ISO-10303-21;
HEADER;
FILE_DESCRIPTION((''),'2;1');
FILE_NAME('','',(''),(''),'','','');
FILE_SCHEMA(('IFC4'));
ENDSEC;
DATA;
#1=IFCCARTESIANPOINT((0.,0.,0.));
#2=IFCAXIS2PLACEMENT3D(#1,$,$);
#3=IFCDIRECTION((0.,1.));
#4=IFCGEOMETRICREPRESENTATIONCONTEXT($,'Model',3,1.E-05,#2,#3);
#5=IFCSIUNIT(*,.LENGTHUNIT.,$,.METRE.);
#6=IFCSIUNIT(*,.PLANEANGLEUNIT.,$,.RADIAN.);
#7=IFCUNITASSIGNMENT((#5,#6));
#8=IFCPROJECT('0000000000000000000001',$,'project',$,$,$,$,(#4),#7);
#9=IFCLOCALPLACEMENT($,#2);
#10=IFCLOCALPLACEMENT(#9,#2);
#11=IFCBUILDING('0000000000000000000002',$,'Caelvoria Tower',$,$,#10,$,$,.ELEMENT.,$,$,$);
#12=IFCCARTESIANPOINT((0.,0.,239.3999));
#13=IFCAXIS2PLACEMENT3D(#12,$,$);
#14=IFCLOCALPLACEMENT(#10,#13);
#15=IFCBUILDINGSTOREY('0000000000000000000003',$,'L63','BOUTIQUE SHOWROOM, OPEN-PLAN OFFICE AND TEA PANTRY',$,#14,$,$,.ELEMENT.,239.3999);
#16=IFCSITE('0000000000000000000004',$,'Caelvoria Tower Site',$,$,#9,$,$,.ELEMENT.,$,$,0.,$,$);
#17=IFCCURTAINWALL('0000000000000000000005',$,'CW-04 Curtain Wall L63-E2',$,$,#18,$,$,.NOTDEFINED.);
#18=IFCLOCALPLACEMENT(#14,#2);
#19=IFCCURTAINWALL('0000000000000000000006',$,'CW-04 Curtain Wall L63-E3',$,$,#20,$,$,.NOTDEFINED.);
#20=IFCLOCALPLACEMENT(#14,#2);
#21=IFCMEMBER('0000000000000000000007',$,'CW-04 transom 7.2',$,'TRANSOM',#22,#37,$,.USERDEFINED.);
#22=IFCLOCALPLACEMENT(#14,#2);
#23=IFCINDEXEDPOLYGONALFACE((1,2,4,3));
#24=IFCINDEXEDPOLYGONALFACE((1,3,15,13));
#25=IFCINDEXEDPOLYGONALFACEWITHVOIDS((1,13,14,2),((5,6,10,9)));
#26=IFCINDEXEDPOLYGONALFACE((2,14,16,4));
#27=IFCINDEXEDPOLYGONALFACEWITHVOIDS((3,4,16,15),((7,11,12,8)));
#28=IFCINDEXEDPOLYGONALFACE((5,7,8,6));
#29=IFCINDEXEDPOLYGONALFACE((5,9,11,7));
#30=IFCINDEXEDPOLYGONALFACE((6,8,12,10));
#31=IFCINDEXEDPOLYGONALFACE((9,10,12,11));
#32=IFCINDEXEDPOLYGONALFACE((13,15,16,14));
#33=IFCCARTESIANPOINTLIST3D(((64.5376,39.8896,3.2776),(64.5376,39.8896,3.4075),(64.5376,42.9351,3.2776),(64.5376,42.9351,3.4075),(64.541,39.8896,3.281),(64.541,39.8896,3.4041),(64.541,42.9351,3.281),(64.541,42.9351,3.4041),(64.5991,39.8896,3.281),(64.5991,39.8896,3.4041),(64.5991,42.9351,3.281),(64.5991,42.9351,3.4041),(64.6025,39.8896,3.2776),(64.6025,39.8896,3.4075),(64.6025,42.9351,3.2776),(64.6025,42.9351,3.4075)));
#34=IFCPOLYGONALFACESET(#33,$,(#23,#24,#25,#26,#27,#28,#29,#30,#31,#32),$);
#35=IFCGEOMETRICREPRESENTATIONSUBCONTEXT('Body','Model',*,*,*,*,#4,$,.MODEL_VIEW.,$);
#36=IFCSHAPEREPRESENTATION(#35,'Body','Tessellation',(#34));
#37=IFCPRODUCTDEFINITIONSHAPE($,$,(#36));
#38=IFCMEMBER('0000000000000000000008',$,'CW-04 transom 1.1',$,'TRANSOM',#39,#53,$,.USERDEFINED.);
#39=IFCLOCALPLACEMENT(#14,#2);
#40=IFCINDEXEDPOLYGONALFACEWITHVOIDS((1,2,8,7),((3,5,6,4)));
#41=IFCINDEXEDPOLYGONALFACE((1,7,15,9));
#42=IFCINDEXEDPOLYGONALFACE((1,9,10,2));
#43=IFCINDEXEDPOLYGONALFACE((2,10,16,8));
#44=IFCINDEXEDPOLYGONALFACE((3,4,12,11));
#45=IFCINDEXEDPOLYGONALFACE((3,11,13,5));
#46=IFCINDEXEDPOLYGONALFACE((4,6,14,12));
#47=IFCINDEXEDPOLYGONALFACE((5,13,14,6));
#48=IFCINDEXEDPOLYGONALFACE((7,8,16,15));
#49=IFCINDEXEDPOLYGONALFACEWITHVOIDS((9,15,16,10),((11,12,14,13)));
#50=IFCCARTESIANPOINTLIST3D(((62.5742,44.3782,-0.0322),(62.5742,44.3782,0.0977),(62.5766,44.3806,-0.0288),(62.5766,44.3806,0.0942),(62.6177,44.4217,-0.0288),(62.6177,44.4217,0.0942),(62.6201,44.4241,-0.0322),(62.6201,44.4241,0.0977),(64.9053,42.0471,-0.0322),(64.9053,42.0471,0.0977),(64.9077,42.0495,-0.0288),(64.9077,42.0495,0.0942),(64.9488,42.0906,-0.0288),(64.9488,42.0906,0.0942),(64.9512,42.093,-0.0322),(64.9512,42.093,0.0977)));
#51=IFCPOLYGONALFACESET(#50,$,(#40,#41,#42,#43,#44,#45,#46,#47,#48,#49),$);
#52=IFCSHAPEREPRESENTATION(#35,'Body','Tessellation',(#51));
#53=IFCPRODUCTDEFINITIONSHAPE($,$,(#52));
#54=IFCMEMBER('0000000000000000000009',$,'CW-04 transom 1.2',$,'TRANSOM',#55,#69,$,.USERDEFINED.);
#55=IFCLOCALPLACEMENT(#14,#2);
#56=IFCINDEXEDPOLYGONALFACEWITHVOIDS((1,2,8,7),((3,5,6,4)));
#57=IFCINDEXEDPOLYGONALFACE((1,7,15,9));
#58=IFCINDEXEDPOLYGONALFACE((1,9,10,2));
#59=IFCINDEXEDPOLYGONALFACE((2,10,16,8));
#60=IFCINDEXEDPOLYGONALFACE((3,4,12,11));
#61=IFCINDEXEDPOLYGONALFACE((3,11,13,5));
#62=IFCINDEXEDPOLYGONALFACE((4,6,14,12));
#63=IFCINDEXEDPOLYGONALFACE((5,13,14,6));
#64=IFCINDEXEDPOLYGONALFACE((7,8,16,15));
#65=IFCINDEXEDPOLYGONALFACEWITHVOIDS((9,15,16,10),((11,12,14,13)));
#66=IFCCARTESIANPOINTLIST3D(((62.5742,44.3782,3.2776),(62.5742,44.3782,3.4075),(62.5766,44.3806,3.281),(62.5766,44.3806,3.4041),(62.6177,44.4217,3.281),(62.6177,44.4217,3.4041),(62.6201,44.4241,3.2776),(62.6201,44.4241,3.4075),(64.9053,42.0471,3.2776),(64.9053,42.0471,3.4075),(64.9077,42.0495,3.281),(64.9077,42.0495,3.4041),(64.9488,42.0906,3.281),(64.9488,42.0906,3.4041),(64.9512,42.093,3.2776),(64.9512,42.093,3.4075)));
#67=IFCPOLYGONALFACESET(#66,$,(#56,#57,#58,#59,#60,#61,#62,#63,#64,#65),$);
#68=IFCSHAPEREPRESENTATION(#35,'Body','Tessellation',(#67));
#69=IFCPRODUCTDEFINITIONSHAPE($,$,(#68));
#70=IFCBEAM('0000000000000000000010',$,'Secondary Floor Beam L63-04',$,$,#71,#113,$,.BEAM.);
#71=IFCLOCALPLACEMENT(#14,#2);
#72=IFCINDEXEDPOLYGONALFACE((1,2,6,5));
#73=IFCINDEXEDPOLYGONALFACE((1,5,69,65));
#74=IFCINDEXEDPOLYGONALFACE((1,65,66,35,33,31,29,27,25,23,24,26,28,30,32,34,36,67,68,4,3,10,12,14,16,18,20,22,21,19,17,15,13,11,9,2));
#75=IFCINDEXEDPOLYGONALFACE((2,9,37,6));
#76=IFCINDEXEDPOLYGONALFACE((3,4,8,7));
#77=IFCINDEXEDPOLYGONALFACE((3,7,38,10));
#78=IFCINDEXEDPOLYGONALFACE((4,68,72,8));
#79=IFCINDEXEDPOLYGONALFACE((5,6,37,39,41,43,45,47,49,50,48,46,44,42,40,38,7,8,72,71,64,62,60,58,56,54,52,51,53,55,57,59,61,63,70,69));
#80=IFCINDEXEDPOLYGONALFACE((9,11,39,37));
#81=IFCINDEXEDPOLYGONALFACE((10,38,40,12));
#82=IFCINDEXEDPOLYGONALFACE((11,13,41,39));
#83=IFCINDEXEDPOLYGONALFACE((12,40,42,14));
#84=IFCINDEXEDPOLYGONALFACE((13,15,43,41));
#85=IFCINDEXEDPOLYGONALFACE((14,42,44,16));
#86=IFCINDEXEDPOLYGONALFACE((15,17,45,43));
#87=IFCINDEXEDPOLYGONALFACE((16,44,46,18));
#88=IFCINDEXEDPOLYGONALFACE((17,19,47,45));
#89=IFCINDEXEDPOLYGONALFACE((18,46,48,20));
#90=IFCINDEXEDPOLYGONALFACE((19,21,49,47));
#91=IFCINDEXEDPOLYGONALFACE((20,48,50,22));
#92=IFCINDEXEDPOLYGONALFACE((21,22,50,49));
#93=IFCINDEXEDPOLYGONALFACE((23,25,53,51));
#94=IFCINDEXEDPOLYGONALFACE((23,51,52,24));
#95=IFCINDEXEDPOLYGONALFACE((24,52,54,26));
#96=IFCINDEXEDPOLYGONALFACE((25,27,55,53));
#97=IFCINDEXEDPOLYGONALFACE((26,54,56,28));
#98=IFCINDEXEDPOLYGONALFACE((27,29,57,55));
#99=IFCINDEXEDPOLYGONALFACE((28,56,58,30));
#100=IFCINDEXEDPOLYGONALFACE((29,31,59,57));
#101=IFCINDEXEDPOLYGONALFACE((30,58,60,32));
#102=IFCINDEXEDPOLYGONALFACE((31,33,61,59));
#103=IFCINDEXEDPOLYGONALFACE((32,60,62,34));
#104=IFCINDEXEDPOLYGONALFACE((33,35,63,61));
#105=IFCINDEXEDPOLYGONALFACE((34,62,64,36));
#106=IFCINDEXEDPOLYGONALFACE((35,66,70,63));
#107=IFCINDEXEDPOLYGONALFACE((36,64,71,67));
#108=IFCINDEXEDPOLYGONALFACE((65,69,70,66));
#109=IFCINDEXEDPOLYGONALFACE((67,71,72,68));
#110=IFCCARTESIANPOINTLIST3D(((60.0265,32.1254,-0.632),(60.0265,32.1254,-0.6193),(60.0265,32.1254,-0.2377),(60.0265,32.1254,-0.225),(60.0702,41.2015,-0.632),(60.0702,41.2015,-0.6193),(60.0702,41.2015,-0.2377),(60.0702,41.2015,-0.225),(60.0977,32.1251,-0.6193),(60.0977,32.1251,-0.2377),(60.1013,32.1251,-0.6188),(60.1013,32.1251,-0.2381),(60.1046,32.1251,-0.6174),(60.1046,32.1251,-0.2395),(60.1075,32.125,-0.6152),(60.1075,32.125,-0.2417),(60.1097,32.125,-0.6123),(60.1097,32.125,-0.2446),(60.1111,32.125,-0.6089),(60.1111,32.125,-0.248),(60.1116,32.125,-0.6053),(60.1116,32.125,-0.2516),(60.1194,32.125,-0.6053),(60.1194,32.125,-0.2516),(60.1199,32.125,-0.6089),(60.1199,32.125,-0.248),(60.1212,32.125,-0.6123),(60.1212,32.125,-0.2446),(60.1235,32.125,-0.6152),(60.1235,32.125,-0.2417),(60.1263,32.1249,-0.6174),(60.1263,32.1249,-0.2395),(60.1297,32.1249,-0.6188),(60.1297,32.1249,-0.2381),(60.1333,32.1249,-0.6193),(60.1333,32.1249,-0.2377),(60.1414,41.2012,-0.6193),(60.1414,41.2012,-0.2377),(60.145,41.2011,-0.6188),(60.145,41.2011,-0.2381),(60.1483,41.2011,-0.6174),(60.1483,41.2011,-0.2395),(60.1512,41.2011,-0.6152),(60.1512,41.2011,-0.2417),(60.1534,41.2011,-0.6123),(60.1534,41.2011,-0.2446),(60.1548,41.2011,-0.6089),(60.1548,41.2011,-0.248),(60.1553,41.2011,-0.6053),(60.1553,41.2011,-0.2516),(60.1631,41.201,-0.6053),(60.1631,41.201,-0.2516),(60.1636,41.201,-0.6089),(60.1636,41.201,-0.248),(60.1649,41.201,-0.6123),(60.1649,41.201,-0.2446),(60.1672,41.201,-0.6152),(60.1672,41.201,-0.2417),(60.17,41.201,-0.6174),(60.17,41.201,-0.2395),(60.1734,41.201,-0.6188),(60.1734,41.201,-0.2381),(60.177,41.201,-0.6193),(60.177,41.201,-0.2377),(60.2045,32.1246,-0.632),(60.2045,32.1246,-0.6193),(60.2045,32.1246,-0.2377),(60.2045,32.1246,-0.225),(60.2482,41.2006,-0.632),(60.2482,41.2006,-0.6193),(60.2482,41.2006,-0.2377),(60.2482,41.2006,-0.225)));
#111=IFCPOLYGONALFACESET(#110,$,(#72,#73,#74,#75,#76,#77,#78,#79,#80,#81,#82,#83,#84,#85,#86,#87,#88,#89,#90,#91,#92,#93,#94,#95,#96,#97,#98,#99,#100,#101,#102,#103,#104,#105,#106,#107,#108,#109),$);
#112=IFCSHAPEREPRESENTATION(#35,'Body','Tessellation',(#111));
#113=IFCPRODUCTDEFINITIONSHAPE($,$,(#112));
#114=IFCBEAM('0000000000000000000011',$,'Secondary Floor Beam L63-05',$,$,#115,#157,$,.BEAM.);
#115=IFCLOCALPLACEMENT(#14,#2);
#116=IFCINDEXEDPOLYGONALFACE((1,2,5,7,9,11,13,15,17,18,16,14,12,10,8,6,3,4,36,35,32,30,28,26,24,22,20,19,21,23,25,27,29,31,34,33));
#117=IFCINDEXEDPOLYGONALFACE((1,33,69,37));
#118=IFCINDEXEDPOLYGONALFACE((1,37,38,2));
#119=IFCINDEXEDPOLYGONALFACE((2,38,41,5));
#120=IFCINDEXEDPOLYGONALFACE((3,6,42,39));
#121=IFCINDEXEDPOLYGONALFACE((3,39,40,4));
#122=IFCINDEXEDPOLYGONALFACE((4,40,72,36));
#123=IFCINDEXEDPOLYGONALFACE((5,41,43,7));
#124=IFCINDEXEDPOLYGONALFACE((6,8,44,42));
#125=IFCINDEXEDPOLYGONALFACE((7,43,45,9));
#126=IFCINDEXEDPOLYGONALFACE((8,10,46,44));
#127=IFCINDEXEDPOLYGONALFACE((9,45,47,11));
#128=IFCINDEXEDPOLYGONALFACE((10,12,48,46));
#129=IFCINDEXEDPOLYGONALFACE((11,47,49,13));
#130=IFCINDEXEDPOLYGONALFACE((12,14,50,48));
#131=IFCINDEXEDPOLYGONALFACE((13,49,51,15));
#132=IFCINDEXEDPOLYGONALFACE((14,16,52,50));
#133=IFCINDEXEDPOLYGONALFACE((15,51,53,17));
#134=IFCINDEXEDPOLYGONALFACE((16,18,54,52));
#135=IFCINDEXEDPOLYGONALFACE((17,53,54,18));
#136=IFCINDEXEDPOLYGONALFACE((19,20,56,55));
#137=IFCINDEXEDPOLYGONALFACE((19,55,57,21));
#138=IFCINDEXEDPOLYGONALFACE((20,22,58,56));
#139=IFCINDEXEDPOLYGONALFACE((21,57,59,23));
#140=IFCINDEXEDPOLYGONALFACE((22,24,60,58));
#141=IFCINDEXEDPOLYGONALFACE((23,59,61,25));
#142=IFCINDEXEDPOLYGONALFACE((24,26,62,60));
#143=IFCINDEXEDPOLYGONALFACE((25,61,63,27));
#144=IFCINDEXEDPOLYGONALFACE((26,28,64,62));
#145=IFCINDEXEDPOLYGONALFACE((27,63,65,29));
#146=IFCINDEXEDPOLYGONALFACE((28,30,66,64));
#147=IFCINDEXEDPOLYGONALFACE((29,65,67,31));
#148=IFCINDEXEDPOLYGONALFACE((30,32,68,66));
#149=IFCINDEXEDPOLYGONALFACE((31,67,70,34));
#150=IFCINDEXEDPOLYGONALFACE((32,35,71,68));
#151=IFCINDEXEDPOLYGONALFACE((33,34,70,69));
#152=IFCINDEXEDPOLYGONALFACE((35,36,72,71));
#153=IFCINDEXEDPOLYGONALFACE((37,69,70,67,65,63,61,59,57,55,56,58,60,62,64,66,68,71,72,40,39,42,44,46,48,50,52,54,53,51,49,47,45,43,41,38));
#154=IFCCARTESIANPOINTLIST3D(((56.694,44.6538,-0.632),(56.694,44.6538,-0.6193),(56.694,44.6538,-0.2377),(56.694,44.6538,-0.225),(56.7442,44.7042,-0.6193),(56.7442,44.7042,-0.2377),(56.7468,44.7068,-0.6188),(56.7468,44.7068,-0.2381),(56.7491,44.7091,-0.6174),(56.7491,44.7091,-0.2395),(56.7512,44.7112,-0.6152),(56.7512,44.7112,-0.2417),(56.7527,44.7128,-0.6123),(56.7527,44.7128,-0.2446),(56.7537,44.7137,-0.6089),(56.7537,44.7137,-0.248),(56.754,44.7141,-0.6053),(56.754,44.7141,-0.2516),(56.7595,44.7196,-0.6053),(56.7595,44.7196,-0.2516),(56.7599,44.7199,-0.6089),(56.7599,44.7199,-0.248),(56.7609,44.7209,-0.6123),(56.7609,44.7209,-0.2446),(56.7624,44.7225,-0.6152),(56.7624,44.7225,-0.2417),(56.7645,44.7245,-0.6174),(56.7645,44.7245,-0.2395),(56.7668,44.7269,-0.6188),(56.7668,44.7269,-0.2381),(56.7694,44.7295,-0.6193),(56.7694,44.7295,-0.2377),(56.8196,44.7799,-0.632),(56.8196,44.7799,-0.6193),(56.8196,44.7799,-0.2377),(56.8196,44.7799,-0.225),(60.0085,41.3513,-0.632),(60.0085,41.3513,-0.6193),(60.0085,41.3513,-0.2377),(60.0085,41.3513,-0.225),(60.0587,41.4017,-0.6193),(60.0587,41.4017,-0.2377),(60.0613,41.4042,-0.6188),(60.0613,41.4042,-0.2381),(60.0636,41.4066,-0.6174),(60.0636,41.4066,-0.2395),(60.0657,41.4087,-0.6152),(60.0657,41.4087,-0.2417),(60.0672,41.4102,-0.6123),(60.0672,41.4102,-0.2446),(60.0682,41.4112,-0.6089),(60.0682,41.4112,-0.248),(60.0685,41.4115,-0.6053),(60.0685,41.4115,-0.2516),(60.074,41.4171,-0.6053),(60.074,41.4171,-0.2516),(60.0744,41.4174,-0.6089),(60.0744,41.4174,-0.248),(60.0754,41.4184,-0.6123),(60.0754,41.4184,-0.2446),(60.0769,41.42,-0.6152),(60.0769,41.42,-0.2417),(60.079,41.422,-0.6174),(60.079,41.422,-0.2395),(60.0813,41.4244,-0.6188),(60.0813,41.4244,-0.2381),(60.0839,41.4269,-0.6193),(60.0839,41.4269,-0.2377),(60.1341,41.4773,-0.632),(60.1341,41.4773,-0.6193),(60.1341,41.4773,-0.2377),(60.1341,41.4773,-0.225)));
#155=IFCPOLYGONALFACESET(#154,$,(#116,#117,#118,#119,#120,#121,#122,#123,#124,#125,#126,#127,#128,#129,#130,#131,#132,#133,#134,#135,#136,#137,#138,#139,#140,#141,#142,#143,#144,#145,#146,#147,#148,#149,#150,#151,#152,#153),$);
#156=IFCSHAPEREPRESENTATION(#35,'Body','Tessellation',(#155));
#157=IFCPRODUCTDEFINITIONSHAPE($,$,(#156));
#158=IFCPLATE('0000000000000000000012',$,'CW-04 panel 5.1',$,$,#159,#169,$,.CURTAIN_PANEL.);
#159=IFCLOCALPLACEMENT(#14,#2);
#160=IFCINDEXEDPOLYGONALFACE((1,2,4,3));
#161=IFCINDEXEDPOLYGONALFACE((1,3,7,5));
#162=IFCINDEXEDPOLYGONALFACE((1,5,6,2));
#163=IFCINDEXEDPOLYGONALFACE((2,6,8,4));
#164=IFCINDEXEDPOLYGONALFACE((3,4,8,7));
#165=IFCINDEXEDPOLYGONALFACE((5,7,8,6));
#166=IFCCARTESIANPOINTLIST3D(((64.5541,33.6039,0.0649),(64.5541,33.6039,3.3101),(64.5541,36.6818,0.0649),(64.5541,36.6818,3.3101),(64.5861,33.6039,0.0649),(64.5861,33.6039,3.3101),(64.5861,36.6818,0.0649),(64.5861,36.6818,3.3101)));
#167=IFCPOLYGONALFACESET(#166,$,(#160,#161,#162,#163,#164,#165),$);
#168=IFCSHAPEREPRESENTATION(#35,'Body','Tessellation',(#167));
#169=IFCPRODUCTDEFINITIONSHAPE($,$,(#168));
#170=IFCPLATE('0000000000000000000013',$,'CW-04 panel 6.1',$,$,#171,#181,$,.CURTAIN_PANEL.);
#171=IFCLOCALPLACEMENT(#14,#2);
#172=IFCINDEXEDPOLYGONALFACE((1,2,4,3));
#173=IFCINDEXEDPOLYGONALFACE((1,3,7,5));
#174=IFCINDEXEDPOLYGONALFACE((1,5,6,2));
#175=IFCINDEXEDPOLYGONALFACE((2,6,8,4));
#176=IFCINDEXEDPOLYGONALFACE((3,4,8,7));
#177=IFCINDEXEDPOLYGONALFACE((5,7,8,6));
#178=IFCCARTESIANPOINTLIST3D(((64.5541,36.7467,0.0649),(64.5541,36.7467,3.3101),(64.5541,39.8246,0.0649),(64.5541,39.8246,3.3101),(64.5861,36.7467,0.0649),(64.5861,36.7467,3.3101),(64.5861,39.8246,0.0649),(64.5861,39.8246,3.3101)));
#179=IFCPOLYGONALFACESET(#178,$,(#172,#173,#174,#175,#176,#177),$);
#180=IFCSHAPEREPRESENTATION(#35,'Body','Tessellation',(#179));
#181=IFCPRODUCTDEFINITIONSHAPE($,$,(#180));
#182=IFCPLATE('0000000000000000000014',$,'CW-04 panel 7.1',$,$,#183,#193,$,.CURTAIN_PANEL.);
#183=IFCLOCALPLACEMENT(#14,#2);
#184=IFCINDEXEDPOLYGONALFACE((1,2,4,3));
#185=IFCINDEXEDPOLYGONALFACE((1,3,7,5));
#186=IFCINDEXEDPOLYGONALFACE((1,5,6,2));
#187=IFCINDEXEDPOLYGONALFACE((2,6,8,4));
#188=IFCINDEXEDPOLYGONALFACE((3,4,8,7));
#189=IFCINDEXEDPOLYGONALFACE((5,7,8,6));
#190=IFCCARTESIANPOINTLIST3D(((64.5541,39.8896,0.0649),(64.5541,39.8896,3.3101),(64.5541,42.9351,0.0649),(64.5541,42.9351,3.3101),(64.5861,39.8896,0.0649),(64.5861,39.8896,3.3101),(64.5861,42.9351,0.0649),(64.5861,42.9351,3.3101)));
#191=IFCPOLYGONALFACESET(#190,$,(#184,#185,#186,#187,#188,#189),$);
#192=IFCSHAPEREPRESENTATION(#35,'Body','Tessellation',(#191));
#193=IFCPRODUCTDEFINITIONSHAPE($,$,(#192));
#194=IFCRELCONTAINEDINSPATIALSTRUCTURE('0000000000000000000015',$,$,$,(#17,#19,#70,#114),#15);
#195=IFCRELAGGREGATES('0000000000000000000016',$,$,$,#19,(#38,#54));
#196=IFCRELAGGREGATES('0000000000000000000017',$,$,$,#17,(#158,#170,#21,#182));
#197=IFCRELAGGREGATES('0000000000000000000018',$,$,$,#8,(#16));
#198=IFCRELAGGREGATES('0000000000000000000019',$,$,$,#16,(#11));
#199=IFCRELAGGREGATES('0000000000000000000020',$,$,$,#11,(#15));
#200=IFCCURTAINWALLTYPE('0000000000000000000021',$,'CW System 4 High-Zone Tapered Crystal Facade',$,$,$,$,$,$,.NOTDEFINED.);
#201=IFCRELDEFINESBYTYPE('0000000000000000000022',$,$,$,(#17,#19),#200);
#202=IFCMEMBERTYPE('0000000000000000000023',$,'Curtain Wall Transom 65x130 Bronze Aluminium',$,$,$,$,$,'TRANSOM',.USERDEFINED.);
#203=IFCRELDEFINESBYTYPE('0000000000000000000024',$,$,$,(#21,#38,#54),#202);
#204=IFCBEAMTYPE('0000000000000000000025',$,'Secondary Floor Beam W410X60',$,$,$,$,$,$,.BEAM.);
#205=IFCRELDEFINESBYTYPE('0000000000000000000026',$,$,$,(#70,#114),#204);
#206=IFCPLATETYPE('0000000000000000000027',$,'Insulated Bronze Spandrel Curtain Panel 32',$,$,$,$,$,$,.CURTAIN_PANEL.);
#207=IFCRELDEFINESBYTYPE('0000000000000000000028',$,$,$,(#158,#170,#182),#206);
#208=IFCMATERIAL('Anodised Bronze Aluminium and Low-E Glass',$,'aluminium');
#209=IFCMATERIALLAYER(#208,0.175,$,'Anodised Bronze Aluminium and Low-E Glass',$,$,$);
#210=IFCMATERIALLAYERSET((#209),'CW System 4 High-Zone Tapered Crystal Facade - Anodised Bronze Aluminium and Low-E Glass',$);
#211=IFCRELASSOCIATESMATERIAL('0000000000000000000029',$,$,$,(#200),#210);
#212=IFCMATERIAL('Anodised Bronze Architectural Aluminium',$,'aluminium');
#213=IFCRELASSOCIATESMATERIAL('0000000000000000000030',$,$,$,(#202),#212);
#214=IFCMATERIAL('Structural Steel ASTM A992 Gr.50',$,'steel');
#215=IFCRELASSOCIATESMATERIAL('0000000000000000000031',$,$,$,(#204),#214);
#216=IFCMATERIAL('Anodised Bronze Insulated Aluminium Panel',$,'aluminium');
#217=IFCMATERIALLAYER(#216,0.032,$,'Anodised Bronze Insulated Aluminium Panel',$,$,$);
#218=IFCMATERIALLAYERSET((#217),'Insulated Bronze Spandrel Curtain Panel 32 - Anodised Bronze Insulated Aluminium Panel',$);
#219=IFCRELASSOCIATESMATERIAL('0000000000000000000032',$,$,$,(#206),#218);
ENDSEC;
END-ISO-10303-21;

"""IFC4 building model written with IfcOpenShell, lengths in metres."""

from ifc_helpers import new_model, si_unit, direction, frame, origin, origin_2d, place, context, subcontext, project, spatial, rectangle, hollow_rectangle, i_section, extrude, material, layer, layer_set, material_profile, profile_set, type_object, element, aggregate, save


model = new_model("IFC4")

# Units and contexts
model_context = context("Model", 3, precision=1e-05, world=origin(), true_north=direction((0.0, 1.0)))
body_context = subcontext(model_context, "Body", "Model", "MODEL_VIEW")
ifc_project = project(units=[si_unit("LENGTHUNIT", "METRE"), si_unit("PLANEANGLEUNIT", "RADIAN")], contexts=[model_context])

# Site, building, storey
site_placement = place(None, origin())
site = spatial("IfcSite", under=ifc_project, at=site_placement, Name="Caelvoria Tower Site", CompositionType="ELEMENT", RefElevation=0.0)
building_placement = place(site_placement, origin())
building = spatial("IfcBuilding", under=site, at=building_placement, Name="Caelvoria Tower", CompositionType="ELEMENT")
storey_placement = place(building_placement, frame((0.0, 0.0, 239.3999)))
storey = spatial("IfcBuildingStorey", under=building, at=storey_placement, Name="L63", Description="BOUTIQUE SHOWROOM, OPEN-PLAN OFFICE AND TEA PANTRY", CompositionType="ELEMENT", Elevation=239.3999)

# Curtain wall
ifc_material_1 = material(Name="Anodised Bronze Aluminium and Low-E Glass", Category="aluminium")
ifc_layer_1 = layer(ifc_material_1, 0.175, Name="Anodised Bronze Aluminium and Low-E Glass")
ifc_layer_set_1 = layer_set([ifc_layer_1], Name="CW System 4 High-Zone Tapered Crystal Facade - Anodised Bronze Aluminium and Low-E Glass")
curtain_wall_type = type_object("IfcCurtainWallType", Name="CW System 4 High-Zone Tapered Crystal Facade", PredefinedType="NOTDEFINED", material=ifc_layer_set_1)
curtain_wall_1_placement = place(storey_placement, origin())
curtain_wall_1 = element("IfcCurtainWall", 1, at=curtain_wall_1_placement, inside=storey, type_object=curtain_wall_type, Name="CW-04 Curtain Wall L63-E2", PredefinedType="NOTDEFINED")
ifc_material_2 = material(Name="Anodised Bronze Architectural Aluminium", Category="aluminium")

# Curtain wall
curtain_wall_2_placement = place(storey_placement, origin())
curtain_wall_2 = element("IfcCurtainWall", 2, at=curtain_wall_2_placement, inside=storey, type_object=curtain_wall_type, Name="CW-04 Curtain Wall L63-E3", PredefinedType="NOTDEFINED")

# Members
ifc_material_profile_1 = material_profile(ifc_material_2, hollow_rectangle(XDim=0.0649, YDim=0.1299, WallThickness=0.0034, at=origin_2d()), Name="Anodised Bronze Architectural Aluminium")
ifc_profile_set_1 = profile_set([ifc_material_profile_1], Name="CW_TRAN_65X130 - Anodised Bronze Architectural Aluminium")
member_type_1 = type_object("IfcMemberType", Name="Curtain Wall Transom 65x130 Bronze Aluminium", ElementType="TRANSOM", PredefinedType="USERDEFINED", material=ifc_profile_set_1)
member_1_placement = place(storey_placement, frame((64.5701, 39.8896, 3.3425), z_axis=(0.0, 1.0, 0.0), x_axis=(-1.0, 0.0, 0.0)))
member_1 = element("IfcMember", 3, at=member_1_placement, type_object=member_type_1, Name="CW-04 transom 7.2", ObjectType="TRANSOM", PredefinedType="USERDEFINED", context=body_context, shape_type="SweptSolid", body=[
    extrude(hollow_rectangle(XDim=0.0649, YDim=0.1299, WallThickness=0.0034, at=origin_2d()), origin(), (0.0, 0.0, 1.0), 3.0454),
])
member_2_placement = place(storey_placement, frame((64.9282, 42.0701, 0.0327), z_axis=(-0.707107, 0.707107, 0.0), x_axis=(-0.707107, -0.707107, 0.0)))
member_2 = element("IfcMember", 4, at=member_2_placement, type_object=member_type_1, Name="CW-04 transom 1.1", ObjectType="TRANSOM", PredefinedType="USERDEFINED", context=body_context, shape_type="SweptSolid", body=[
    extrude(hollow_rectangle(XDim=0.0649, YDim=0.1299, WallThickness=0.0034, at=origin_2d()), origin(), (0.0, 0.0, 1.0), 3.2966),
])
member_3_placement = place(storey_placement, frame((64.9282, 42.0701, 3.3425), z_axis=(-0.707107, 0.707107, 0.0), x_axis=(-0.707107, -0.707107, 0.0)))
member_3 = element("IfcMember", 5, at=member_3_placement, type_object=member_type_1, Name="CW-04 transom 1.2", ObjectType="TRANSOM", PredefinedType="USERDEFINED", context=body_context, shape_type="SweptSolid", body=[
    extrude(hollow_rectangle(XDim=0.0649, YDim=0.1299, WallThickness=0.0034, at=origin_2d()), origin(), (0.0, 0.0, 1.0), 3.2966),
])
aggregate(curtain_wall_2, [member_2, member_3])

# Beams
ifc_material_3 = material(Name="Structural Steel ASTM A992 Gr.50", Category="steel")
ifc_material_profile_2 = material_profile(ifc_material_3, i_section(OverallWidth=0.178, OverallDepth=0.407, WebThickness=0.0078, FlangeThickness=0.0127, FilletRadius=0.0139, at=origin_2d()), Name="Structural Steel ASTM A992 Gr.50")
ifc_profile_set_2 = profile_set([ifc_material_profile_2], Name="W410X60 - Structural Steel ASTM A992 Gr.50")
beam_type = type_object("IfcBeamType", Name="Secondary Floor Beam W410X60", PredefinedType="BEAM", material=ifc_profile_set_2)
beam_1_placement = place(storey_placement, frame((60.1155, 32.125, -0.4285), z_axis=(0.004815, 0.999988, 0.0), x_axis=(-0.999988, 0.004815, 0.0)))
element("IfcBeam", 6, at=beam_1_placement, inside=storey, type_object=beam_type, Name="Secondary Floor Beam L63-04", PredefinedType="BEAM", context=body_context, shape_type="SweptSolid", body=[
    extrude(i_section(OverallWidth=0.178, OverallDepth=0.407, WebThickness=0.0078, FlangeThickness=0.0127, FilletRadius=0.0139, at=origin_2d()), origin(), (0.0, 0.0, 1.0), 9.0762),
])
beam_2_placement = place(storey_placement, frame((60.0713, 41.4143, -0.4285), z_axis=(-0.708384, 0.705827, 0.0), x_axis=(-0.705827, -0.708384, 0.0)))
element("IfcBeam", 7, at=beam_2_placement, inside=storey, type_object=beam_type, Name="Secondary Floor Beam L63-05", PredefinedType="BEAM", context=body_context, shape_type="SweptSolid", body=[
    extrude(i_section(OverallWidth=0.178, OverallDepth=0.407, WebThickness=0.0078, FlangeThickness=0.0127, FilletRadius=0.0139, at=origin_2d()), origin(), (0.0, 0.0, 1.0), 4.679),
])

# Plates
ifc_material_4 = material(Name="Anodised Bronze Insulated Aluminium Panel", Category="aluminium")
ifc_layer_2 = layer(ifc_material_4, 0.032, Name="Anodised Bronze Insulated Aluminium Panel")
ifc_layer_set_2 = layer_set([ifc_layer_2], Name="Insulated Bronze Spandrel Curtain Panel 32 - Anodised Bronze Insulated Aluminium Panel")
plate_type = type_object("IfcPlateType", Name="Insulated Bronze Spandrel Curtain Panel 32", PredefinedType="CURTAIN_PANEL", material=ifc_layer_set_2)
plate_1_placement = place(storey_placement, frame((64.5701, 35.1428, 0.0649), z_axis=(0.0, 0.0, 1.0), x_axis=(0.0, 1.0, 0.0)))
plate_1 = element("IfcPlate", 8, at=plate_1_placement, type_object=plate_type, Name="CW-04 panel 5.1", PredefinedType="CURTAIN_PANEL", context=body_context, shape_type="SweptSolid", body=[
    extrude(rectangle(XDim=3.0779, YDim=0.032, at=origin_2d()), origin(), (0.0, 0.0, 1.0), 3.2451),
])
plate_2_placement = place(storey_placement, frame((64.5701, 38.2856, 0.0649), z_axis=(0.0, 0.0, 1.0), x_axis=(0.0, 1.0, 0.0)))
plate_2 = element("IfcPlate", 9, at=plate_2_placement, type_object=plate_type, Name="CW-04 panel 6.1", PredefinedType="CURTAIN_PANEL", context=body_context, shape_type="SweptSolid", body=[
    extrude(rectangle(XDim=3.0779, YDim=0.032, at=origin_2d()), origin(), (0.0, 0.0, 1.0), 3.2451),
])
plate_3_placement = place(storey_placement, frame((64.5701, 41.4124, 0.0649), z_axis=(0.0, 0.0, 1.0), x_axis=(0.0, 1.0, 0.0)))
plate_3 = element("IfcPlate", 10, at=plate_3_placement, type_object=plate_type, Name="CW-04 panel 7.1", PredefinedType="CURTAIN_PANEL", context=body_context, shape_type="SweptSolid", body=[
    extrude(rectangle(XDim=3.0454, YDim=0.032, at=origin_2d()), origin(), (0.0, 0.0, 1.0), 3.2451),
])
aggregate(curtain_wall_1, [plate_1, plate_2, member_1, plate_3])

save(model, "model.ifc")
